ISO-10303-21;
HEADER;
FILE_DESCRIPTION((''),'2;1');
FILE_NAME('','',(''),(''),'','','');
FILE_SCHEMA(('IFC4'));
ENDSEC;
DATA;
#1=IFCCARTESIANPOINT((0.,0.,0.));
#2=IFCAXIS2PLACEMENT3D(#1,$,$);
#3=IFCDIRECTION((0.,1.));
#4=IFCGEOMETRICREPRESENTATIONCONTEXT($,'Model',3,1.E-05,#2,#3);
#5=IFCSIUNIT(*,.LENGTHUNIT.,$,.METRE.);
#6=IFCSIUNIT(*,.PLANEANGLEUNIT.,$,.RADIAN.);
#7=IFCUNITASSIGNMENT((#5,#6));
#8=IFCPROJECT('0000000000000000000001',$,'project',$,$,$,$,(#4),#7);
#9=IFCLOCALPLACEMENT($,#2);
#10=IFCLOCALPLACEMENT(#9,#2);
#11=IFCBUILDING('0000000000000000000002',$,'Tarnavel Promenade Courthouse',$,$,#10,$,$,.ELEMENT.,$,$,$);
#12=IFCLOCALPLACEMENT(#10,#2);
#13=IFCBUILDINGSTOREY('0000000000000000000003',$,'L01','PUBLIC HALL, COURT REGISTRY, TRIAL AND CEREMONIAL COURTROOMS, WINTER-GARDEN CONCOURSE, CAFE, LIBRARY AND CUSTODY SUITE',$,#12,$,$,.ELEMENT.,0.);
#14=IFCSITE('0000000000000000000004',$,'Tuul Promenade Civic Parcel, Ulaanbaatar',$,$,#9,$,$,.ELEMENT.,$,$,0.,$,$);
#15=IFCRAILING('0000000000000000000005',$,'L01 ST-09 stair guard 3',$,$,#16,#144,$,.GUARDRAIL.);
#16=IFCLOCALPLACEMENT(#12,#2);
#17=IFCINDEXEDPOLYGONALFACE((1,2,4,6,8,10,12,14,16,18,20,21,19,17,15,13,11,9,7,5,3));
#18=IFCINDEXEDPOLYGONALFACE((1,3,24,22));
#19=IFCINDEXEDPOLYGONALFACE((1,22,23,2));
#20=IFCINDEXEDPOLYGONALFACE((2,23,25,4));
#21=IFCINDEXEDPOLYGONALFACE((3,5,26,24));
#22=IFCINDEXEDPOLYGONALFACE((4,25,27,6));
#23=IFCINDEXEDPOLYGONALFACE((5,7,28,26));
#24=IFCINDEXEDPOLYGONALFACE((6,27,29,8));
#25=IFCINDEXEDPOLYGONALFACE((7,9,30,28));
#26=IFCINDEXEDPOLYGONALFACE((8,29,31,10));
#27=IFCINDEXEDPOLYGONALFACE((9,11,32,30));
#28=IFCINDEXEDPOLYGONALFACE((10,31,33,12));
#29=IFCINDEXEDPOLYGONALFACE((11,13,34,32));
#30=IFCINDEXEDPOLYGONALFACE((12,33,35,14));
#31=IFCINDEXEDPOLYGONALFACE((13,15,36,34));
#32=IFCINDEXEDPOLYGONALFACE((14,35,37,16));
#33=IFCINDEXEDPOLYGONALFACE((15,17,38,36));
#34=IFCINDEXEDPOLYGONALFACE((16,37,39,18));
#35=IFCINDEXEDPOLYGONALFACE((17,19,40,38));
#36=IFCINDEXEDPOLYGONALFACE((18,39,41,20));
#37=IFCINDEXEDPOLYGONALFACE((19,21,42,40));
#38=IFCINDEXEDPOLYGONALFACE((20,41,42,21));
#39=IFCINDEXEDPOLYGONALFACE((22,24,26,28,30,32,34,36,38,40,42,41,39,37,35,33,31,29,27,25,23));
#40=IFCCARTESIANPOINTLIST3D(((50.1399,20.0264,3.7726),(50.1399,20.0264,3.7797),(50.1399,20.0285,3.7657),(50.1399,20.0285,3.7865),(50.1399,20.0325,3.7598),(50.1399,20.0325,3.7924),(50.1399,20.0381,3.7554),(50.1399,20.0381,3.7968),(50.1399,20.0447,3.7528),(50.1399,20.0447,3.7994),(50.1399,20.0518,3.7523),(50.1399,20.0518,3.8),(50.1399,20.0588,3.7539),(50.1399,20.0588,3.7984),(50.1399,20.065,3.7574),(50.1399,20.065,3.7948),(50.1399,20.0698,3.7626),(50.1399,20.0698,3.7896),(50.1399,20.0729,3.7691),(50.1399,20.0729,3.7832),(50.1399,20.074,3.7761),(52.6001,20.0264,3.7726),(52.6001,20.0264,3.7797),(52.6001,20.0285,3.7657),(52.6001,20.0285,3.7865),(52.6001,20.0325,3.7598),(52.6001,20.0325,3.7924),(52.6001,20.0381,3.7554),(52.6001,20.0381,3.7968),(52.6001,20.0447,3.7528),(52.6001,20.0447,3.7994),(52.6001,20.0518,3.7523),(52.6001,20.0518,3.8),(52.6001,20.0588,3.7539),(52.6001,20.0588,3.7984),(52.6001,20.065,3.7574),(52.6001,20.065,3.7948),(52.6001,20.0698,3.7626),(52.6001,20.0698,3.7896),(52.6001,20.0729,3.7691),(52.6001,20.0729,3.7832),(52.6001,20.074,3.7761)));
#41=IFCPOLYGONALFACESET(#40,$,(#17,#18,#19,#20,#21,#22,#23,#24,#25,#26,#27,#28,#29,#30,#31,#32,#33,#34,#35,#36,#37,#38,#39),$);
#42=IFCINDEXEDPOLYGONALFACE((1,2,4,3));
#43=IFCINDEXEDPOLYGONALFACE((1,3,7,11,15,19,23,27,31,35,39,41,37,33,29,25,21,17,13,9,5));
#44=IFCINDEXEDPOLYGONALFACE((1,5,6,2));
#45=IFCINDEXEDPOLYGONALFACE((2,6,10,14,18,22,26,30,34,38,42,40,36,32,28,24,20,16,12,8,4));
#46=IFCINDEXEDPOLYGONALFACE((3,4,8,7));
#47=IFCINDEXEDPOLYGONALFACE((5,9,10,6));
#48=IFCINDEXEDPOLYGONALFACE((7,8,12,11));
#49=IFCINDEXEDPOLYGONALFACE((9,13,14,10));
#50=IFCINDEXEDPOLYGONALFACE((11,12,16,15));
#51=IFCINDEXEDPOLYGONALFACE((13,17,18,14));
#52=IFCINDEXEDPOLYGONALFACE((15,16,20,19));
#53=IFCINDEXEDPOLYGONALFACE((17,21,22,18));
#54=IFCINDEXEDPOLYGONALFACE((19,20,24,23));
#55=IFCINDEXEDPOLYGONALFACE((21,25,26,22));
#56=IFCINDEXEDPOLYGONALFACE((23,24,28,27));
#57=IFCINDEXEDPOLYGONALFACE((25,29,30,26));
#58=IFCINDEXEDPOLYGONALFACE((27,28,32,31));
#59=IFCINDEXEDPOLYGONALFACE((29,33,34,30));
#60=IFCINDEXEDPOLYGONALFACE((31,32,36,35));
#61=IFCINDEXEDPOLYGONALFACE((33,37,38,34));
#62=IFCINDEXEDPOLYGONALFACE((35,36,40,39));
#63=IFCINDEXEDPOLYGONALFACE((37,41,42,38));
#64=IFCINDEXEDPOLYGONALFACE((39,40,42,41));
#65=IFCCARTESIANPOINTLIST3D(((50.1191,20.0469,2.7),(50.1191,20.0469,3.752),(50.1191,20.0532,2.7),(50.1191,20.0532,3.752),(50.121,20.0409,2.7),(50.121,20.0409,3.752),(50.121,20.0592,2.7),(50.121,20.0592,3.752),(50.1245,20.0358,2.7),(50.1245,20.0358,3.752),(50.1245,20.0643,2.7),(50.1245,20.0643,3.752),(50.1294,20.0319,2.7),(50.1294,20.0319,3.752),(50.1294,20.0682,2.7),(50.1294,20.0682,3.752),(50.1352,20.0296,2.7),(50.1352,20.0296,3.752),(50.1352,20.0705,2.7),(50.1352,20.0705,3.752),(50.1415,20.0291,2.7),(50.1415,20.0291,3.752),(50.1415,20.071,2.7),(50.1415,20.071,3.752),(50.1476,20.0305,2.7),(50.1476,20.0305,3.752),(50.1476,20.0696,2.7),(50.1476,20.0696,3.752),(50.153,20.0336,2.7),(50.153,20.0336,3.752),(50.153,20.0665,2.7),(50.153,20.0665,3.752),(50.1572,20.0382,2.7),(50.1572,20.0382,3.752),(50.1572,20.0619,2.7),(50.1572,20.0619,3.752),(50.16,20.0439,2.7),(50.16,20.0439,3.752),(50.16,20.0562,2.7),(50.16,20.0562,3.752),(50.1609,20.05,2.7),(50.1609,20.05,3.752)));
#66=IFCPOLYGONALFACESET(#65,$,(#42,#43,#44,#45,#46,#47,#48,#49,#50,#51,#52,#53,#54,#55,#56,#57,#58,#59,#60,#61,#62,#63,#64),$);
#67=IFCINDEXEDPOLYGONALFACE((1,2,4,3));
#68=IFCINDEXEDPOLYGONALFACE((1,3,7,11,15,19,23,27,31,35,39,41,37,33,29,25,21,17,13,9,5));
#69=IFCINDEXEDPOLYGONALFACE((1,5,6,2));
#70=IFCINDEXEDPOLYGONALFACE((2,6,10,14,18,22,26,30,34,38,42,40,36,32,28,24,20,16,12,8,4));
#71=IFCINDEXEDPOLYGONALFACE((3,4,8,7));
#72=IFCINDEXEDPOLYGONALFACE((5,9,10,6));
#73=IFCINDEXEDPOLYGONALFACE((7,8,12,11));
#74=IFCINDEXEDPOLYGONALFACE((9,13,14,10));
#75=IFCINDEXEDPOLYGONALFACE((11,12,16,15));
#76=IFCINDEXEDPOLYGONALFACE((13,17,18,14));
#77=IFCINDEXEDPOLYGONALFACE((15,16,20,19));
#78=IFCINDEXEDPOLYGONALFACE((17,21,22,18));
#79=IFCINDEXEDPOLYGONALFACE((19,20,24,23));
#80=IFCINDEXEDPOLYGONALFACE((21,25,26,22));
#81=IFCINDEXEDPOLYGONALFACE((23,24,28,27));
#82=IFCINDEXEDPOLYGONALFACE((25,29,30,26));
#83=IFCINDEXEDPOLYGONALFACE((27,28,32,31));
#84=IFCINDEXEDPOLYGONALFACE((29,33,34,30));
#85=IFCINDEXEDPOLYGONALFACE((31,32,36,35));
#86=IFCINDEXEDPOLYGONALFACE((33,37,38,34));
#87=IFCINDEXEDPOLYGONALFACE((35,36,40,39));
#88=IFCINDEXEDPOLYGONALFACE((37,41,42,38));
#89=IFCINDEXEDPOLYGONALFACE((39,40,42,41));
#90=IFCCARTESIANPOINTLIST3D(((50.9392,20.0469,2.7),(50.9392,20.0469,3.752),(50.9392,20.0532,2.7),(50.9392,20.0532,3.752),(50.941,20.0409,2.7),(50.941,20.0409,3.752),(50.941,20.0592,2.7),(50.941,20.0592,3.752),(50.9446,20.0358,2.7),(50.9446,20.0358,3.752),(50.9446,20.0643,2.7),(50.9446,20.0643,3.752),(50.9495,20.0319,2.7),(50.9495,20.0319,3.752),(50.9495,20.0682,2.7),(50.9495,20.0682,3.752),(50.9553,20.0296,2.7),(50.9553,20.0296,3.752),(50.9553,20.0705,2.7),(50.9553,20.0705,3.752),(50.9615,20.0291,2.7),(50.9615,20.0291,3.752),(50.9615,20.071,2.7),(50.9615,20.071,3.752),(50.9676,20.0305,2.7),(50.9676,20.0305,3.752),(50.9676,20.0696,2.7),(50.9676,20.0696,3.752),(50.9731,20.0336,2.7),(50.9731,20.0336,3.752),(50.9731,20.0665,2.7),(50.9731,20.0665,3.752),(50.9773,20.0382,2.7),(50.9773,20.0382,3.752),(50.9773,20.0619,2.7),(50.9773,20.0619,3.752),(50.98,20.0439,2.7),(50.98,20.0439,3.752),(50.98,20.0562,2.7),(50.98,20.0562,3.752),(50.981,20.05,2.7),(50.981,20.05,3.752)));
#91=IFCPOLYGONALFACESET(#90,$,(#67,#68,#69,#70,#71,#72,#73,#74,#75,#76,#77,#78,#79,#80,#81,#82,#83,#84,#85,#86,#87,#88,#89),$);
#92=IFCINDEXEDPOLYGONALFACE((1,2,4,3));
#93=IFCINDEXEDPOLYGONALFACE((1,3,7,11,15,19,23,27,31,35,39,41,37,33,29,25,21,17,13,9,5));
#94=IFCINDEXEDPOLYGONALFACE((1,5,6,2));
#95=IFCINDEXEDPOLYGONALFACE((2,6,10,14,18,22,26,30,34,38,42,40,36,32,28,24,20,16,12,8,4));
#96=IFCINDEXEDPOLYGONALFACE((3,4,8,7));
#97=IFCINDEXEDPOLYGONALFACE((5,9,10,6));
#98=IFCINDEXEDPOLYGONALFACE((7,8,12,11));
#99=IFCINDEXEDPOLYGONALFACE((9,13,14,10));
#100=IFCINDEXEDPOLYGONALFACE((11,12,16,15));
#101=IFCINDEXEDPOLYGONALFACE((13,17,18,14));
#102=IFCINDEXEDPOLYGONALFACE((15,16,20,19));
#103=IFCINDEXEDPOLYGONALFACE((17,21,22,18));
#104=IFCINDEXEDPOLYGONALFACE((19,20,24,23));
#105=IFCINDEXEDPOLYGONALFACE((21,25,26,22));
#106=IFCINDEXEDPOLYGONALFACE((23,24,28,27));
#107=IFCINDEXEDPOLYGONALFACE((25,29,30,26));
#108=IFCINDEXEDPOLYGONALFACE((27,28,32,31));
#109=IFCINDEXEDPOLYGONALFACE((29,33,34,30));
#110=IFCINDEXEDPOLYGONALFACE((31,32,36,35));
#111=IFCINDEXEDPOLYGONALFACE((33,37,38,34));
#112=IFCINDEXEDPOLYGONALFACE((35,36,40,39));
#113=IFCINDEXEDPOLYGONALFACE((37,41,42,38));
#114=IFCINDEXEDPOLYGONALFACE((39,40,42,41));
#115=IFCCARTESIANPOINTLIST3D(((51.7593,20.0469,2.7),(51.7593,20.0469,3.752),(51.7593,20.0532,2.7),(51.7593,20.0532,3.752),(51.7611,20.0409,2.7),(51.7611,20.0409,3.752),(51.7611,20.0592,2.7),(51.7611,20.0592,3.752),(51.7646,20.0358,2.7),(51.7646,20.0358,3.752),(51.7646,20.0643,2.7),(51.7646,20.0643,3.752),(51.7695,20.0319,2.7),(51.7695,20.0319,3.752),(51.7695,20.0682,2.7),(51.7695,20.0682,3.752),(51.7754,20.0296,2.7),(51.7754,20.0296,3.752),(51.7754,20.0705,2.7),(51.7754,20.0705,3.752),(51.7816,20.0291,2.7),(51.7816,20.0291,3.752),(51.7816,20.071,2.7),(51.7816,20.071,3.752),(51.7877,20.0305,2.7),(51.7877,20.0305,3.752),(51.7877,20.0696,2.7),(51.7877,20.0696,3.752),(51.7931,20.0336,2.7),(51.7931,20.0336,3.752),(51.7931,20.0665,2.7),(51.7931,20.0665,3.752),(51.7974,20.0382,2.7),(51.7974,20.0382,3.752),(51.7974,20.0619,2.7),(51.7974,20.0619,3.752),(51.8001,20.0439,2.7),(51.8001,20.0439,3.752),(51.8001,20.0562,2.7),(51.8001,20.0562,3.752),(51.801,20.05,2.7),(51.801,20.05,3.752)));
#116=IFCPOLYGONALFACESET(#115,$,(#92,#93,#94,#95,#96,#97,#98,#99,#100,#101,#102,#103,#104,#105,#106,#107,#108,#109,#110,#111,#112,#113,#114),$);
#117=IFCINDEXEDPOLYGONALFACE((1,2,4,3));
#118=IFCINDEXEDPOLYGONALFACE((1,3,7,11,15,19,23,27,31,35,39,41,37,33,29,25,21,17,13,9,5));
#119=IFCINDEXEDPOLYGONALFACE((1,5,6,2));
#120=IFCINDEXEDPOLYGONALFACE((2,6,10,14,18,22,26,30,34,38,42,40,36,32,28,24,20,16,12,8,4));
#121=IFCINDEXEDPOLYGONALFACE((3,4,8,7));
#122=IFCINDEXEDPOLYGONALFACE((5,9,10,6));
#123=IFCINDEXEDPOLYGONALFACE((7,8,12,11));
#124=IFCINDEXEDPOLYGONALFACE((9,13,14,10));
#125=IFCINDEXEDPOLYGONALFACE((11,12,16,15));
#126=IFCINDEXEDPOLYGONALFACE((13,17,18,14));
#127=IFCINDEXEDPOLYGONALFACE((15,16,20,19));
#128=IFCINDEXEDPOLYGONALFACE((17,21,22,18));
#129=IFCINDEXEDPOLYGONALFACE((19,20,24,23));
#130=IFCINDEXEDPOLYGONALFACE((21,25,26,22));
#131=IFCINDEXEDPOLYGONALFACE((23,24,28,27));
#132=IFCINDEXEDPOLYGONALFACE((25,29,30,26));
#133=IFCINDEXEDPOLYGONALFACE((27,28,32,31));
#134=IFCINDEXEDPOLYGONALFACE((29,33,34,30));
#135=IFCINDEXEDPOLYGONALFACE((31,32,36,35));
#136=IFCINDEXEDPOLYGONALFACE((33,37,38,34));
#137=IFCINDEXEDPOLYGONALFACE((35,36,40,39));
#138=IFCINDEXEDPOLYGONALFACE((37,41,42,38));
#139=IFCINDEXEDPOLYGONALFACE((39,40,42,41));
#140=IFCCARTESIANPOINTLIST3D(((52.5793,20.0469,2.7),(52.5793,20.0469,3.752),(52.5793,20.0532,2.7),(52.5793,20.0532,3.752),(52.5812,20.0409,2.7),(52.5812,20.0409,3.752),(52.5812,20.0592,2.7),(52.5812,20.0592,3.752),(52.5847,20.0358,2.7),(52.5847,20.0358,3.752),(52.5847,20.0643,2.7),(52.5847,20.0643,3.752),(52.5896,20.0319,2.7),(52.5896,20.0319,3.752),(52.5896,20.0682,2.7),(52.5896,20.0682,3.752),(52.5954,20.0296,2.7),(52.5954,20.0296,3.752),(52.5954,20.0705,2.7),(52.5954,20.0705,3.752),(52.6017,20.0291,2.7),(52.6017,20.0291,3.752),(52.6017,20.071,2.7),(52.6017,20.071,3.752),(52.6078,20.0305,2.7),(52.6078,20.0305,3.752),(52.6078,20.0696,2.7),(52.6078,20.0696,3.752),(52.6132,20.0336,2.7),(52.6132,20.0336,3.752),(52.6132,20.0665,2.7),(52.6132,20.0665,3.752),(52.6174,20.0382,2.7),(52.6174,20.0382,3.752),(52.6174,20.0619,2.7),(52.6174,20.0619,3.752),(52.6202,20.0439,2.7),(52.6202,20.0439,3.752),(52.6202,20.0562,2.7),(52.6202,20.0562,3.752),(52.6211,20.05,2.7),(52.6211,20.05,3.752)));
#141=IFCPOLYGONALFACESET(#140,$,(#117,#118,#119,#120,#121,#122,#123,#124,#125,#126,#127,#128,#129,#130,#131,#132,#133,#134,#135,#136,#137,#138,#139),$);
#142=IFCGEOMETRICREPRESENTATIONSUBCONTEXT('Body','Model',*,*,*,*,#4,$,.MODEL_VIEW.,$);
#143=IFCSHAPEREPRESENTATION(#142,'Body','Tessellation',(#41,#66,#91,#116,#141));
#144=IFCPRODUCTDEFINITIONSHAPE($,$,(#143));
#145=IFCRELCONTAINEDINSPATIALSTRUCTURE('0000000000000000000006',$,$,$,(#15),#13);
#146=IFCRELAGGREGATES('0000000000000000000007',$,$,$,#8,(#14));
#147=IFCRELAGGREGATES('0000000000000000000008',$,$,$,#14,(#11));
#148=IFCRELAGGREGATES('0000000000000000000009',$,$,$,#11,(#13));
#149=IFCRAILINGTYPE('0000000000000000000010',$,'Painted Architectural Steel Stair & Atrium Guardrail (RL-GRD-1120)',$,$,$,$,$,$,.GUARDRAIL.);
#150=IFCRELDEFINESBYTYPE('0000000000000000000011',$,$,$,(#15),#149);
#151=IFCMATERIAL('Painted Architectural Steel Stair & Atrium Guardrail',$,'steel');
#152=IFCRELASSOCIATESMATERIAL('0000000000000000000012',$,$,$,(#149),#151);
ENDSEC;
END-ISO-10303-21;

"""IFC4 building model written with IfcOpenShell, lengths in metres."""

from ifc_helpers import new_model, si_unit, direction, frame, origin, origin_2d, place, context, subcontext, project, spatial, circle, extrude, material, type_object, element, save


model = new_model("IFC4")

# Units and contexts
model_context = context("Model", 3, precision=1e-05, world=origin(), true_north=direction((0.0, 1.0)))
body_context = subcontext(model_context, "Body", "Model", "MODEL_VIEW")
ifc_project = project(units=[si_unit("LENGTHUNIT", "METRE"), si_unit("PLANEANGLEUNIT", "RADIAN")], contexts=[model_context])

# Site, building, storey
site_placement = place(None, origin())
site = spatial("IfcSite", under=ifc_project, at=site_placement, Name="Tuul Promenade Civic Parcel, Ulaanbaatar", CompositionType="ELEMENT", RefElevation=0.0)
building_placement = place(site_placement, origin())
building = spatial("IfcBuilding", under=site, at=building_placement, Name="Tarnavel Promenade Courthouse", CompositionType="ELEMENT")
storey_placement = place(building_placement, origin())
storey = spatial("IfcBuildingStorey", under=building, at=storey_placement, Name="L01", Description="PUBLIC HALL, COURT REGISTRY, TRIAL AND CEREMONIAL COURTROOMS, WINTER-GARDEN CONCOURSE, CAFE, LIBRARY AND CUSTODY SUITE", CompositionType="ELEMENT", Elevation=0.0)

# Railing
ifc_material_1 = material(Name="Painted Architectural Steel Stair & Atrium Guardrail", Category="steel")
railing_type_1 = type_object("IfcRailingType", Name="Painted Architectural Steel Stair & Atrium Guardrail (RL-GRD-1120)", PredefinedType="GUARDRAIL", material=ifc_material_1)
railing_1_placement = place(storey_placement, frame((50.1399, 20.05, 2.7)))
element("IfcRailing", 1, at=railing_1_placement, inside=storey, type_object=railing_type_1, Name="L01 ST-09 stair guard 3", PredefinedType="GUARDRAIL", context=body_context, shape_type="SweptSolid", body=[
    extrude(circle(Radius=0.0239, at=origin_2d()), frame((0.0, 0.0, 1.0762), z_axis=(1.0, 0.0, 0.0), x_axis=(0.0, 1.0, 0.0)), (0.0, 0.0, 1.0), 2.4602),
    extrude(circle(Radius=0.021, at=origin_2d()), origin(), (0.0, 0.0, 1.0), 1.052),
    extrude(circle(Radius=0.021, at=origin_2d()), frame((0.8201, 0.0, 0.0)), (0.0, 0.0, 1.0), 1.052),
    extrude(circle(Radius=0.021, at=origin_2d()), frame((1.6401, 0.0, 0.0)), (0.0, 0.0, 1.0), 1.052),
    extrude(circle(Radius=0.021, at=origin_2d()), frame((2.4602, 0.0, 0.0)), (0.0, 0.0, 1.0), 1.052),
])

save(model, "model.ifc")
